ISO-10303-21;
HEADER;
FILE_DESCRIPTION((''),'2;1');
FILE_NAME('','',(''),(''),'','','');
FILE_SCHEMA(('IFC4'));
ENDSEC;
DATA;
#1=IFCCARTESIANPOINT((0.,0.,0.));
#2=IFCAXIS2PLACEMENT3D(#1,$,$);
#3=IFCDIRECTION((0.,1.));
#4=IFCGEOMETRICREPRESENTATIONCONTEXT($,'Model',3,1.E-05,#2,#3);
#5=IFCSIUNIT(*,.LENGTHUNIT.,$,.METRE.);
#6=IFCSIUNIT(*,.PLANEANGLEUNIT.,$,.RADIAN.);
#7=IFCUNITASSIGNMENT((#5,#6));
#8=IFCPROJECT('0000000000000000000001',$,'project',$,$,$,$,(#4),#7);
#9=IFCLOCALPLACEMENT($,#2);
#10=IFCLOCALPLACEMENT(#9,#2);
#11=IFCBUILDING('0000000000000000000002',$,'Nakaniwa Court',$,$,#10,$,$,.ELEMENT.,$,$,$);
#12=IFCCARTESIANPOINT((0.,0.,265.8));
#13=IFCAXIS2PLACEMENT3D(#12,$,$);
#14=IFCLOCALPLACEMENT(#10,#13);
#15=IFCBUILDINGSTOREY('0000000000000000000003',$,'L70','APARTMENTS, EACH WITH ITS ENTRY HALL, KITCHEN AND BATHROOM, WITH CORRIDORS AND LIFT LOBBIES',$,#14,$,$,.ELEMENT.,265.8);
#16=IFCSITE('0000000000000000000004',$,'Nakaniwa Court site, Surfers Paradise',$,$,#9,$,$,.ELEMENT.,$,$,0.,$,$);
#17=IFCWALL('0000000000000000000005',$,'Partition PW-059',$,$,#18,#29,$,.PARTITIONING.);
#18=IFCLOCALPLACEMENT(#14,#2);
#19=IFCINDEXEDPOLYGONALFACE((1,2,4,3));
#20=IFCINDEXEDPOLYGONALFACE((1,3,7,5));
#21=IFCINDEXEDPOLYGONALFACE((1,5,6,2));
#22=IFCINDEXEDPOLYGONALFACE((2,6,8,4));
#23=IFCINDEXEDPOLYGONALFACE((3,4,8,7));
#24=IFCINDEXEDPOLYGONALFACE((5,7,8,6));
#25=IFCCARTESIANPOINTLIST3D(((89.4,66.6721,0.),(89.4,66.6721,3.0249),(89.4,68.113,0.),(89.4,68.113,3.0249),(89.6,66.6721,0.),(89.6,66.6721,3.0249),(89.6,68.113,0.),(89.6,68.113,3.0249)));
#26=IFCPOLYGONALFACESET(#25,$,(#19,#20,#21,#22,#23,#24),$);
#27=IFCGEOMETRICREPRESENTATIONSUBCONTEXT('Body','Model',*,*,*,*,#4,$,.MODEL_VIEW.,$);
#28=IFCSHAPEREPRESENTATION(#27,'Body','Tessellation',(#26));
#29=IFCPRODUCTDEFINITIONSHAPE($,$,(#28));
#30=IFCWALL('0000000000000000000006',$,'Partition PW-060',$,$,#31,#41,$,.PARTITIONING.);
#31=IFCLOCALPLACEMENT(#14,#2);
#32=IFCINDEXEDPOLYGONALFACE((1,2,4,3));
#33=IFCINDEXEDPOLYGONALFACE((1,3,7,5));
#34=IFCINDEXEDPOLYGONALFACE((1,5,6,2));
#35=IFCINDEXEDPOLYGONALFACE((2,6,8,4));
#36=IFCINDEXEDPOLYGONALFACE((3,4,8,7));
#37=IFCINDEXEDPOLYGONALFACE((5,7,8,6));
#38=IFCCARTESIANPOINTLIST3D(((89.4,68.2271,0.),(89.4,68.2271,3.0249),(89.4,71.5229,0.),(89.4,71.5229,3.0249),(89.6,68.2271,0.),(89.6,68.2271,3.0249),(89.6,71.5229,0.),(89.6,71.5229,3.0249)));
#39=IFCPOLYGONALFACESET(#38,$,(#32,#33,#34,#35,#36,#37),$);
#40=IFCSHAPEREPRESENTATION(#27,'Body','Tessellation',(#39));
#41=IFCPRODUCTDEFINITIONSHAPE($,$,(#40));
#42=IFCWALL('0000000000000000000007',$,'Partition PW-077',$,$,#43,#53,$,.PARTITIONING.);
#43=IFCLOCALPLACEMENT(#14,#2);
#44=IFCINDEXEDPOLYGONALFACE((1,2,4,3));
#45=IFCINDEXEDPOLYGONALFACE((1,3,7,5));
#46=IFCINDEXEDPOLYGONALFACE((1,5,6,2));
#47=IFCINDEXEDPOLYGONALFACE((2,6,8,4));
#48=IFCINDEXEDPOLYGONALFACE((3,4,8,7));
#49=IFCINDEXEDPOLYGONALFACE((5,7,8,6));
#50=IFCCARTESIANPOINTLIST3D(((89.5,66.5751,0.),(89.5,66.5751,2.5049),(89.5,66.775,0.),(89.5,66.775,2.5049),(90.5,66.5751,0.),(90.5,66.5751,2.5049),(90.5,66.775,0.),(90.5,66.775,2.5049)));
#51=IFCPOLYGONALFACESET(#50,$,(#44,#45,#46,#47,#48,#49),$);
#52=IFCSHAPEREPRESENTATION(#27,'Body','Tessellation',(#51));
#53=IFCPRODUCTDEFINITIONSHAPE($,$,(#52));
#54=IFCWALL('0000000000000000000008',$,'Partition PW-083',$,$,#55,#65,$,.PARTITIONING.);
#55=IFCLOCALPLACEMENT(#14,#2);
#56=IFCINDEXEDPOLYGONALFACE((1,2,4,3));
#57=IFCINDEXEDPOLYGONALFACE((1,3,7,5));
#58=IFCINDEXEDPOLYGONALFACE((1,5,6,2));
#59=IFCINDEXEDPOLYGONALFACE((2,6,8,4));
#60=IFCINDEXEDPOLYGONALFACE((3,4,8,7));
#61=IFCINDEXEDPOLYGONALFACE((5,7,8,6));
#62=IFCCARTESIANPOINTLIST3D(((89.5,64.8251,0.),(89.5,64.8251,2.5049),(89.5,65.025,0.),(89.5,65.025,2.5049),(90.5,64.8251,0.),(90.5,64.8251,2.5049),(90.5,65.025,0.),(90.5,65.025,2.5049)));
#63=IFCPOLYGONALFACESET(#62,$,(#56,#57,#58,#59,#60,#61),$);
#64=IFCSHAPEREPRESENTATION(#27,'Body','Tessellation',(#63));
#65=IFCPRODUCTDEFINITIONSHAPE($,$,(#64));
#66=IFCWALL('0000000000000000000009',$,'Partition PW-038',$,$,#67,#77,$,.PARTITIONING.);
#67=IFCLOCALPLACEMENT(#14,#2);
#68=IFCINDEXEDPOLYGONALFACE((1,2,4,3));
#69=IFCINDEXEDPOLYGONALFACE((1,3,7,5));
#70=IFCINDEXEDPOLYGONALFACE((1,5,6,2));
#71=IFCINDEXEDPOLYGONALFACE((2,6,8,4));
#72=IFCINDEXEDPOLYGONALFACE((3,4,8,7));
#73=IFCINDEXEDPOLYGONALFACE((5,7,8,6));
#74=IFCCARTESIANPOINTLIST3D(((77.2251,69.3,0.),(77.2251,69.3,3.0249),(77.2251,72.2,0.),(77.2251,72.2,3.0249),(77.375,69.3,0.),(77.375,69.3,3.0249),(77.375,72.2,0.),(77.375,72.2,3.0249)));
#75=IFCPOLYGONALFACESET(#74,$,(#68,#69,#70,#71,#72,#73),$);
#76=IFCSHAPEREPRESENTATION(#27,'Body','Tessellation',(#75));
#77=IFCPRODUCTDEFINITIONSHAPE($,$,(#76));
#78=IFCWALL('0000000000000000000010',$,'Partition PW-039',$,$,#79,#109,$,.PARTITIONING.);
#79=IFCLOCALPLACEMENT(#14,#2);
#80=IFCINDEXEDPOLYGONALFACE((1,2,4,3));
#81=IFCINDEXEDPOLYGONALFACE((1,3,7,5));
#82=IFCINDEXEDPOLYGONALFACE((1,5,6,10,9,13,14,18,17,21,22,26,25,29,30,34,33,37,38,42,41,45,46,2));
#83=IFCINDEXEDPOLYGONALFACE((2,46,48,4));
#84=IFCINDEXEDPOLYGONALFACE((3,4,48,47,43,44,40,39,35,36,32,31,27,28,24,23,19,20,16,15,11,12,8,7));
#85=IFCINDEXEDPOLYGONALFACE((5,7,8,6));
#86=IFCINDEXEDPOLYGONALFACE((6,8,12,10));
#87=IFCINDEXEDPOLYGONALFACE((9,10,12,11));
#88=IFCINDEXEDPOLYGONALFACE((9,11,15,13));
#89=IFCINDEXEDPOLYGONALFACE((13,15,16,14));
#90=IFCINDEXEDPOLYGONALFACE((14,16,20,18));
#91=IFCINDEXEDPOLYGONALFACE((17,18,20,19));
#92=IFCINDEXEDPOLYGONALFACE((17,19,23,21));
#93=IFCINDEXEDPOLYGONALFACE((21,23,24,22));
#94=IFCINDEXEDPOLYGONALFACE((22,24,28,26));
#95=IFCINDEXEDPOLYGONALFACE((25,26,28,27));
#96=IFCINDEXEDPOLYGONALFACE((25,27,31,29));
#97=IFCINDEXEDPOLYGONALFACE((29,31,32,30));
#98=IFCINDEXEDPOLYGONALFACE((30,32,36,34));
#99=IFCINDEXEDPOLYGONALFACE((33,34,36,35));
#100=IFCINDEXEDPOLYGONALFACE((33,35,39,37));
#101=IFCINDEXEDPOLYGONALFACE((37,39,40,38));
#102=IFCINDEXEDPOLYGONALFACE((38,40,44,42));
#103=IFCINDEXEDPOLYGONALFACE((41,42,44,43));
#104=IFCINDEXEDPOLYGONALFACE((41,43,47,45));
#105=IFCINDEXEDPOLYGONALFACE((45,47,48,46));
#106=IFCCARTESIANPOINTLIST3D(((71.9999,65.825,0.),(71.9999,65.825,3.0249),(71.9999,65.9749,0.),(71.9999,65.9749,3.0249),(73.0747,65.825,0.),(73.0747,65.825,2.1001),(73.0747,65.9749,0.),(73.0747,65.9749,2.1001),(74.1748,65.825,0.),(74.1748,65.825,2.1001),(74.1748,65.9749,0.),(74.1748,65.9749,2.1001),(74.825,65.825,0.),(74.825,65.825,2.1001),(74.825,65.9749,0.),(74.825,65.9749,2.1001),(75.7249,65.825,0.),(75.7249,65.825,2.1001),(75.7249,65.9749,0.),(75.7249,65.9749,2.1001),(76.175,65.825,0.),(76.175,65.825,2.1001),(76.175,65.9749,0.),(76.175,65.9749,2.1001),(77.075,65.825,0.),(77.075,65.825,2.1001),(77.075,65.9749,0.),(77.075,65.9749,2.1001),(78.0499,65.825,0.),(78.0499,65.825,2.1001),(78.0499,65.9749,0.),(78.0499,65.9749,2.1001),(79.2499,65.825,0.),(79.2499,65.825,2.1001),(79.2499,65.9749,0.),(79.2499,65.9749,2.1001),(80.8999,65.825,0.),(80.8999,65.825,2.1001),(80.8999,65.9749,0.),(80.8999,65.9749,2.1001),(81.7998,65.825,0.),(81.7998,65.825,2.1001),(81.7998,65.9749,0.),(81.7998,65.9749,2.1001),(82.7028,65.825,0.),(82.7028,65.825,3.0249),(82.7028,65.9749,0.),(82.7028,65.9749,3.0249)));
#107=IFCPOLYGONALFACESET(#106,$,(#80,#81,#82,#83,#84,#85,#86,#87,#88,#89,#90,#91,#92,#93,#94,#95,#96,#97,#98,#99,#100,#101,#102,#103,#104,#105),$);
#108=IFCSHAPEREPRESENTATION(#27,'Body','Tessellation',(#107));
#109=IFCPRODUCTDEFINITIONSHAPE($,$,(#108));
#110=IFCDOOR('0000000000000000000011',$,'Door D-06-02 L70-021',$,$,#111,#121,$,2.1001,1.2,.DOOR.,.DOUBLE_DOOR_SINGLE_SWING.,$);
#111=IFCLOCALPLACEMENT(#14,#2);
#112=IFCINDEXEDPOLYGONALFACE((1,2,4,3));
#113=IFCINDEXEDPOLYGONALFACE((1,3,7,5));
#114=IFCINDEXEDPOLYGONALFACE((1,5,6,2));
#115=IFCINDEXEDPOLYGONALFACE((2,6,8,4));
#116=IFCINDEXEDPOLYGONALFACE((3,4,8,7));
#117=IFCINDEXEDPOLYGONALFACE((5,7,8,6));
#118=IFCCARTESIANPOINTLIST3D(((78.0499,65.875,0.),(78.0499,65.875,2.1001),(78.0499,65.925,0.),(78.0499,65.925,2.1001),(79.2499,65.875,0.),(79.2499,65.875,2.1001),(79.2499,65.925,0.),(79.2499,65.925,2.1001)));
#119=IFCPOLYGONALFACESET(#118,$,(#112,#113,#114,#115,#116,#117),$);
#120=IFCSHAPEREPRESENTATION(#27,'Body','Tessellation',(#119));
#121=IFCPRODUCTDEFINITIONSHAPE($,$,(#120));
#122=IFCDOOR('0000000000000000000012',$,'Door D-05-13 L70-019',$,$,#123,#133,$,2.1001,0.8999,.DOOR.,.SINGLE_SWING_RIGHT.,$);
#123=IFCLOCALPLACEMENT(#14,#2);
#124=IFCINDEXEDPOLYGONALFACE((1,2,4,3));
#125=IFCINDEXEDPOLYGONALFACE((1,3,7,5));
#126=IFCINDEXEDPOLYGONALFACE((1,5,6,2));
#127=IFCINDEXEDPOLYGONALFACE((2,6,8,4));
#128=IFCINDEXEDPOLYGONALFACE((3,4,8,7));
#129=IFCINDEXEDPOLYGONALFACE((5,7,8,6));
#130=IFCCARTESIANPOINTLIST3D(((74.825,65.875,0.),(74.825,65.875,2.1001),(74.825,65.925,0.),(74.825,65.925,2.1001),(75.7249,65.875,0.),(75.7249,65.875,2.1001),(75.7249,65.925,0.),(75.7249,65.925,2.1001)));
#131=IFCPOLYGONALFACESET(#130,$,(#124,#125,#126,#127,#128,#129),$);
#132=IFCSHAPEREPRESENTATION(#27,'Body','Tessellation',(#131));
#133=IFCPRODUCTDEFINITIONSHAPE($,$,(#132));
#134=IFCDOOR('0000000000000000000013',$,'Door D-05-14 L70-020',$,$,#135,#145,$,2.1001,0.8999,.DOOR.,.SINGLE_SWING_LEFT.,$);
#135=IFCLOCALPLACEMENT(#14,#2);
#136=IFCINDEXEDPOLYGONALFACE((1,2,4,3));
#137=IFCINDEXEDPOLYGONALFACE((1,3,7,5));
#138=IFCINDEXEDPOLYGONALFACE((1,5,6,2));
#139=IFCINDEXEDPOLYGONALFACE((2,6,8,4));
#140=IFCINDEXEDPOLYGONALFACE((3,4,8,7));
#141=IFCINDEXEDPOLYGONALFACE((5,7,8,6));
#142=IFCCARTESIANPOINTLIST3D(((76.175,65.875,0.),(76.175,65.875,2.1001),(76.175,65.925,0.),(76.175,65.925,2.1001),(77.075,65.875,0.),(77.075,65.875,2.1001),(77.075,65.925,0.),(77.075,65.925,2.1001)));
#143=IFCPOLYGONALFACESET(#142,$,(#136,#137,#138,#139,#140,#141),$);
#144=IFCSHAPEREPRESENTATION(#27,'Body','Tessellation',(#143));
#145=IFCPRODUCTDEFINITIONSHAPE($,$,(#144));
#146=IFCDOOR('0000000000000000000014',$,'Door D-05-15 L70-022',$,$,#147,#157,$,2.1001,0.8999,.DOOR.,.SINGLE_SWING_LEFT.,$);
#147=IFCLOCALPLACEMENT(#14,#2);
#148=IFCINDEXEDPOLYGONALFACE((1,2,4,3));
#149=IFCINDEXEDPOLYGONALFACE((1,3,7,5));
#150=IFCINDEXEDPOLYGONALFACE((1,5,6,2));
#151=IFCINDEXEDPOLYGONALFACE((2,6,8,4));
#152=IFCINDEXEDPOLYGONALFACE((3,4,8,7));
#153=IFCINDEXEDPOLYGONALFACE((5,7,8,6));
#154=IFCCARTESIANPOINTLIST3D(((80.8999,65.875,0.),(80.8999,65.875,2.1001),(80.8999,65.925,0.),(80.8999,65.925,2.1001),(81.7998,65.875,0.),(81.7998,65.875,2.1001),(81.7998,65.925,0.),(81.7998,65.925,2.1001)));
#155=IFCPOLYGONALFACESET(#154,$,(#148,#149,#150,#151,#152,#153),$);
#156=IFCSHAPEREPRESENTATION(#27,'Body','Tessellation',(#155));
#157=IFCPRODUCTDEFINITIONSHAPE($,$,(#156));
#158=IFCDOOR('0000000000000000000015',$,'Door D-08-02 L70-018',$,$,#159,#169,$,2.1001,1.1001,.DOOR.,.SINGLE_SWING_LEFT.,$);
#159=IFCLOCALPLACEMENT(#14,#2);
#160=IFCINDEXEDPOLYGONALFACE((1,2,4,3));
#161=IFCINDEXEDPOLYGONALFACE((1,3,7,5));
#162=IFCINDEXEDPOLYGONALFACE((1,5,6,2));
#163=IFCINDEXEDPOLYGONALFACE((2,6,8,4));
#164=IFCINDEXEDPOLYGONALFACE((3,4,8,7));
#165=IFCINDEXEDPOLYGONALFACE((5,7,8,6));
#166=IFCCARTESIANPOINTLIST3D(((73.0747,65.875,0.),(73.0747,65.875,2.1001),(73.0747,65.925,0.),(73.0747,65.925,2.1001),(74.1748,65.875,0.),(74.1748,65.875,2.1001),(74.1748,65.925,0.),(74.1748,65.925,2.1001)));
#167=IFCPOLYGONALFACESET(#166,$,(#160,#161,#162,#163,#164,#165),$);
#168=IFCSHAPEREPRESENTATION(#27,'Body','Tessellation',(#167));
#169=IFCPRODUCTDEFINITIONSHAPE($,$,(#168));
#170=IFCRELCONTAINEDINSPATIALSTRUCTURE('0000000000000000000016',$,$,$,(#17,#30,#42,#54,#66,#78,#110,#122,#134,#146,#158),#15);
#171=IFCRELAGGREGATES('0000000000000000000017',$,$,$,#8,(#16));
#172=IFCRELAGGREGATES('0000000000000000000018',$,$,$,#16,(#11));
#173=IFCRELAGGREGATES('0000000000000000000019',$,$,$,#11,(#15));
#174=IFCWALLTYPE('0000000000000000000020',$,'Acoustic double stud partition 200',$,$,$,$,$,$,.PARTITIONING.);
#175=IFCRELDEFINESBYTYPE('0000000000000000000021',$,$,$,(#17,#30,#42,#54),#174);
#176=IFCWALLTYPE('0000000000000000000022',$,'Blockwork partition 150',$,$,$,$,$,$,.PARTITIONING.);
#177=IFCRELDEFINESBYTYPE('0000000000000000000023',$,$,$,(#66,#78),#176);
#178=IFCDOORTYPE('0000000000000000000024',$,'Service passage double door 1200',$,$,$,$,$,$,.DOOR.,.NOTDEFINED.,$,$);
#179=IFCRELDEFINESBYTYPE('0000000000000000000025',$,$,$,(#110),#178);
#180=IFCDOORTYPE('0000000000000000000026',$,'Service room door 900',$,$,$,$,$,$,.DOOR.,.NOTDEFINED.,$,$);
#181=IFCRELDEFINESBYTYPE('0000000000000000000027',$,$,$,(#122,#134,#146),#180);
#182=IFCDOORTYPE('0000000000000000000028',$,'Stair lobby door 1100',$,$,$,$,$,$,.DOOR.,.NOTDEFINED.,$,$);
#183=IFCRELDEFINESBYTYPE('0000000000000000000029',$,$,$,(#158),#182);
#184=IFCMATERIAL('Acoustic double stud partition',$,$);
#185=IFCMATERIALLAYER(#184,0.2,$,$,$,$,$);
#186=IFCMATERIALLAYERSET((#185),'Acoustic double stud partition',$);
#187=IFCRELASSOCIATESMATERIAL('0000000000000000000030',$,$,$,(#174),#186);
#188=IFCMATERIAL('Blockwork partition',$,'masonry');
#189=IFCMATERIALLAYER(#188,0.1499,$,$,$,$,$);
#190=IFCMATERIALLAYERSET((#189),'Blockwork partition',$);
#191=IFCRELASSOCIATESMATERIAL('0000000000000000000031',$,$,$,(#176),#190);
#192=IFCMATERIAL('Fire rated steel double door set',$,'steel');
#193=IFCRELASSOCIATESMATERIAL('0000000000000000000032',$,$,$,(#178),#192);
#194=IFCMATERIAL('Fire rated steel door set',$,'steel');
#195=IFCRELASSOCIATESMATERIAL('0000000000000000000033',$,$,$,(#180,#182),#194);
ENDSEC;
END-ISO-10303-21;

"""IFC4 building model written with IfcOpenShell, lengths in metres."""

from ifc_helpers import new_model, si_unit, direction, frame, frame_2d, origin, place, context, subcontext, project, spatial, rectangle, extrude, material, layer, layer_set, type_object, element, fill, save


model = new_model("IFC4")

# Units and contexts
model_context = context("Model", 3, precision=1e-05, world=origin(), true_north=direction((0.0, 1.0)))
body_context = subcontext(model_context, "Body", "Model", "MODEL_VIEW")
ifc_project = project(units=[si_unit("LENGTHUNIT", "METRE"), si_unit("PLANEANGLEUNIT", "RADIAN")], contexts=[model_context])

# Site, building, storey
site_placement = place(None, origin())
site = spatial("IfcSite", under=ifc_project, at=site_placement, Name="Nakaniwa Court site, Surfers Paradise", CompositionType="ELEMENT", RefElevation=0.0)
building_placement = place(site_placement, origin())
building = spatial("IfcBuilding", under=site, at=building_placement, Name="Nakaniwa Court", CompositionType="ELEMENT")
storey_placement = place(building_placement, frame((0.0, 0.0, 265.8)))
storey = spatial("IfcBuildingStorey", under=building, at=storey_placement, Name="L70", Description="APARTMENTS, EACH WITH ITS ENTRY HALL, KITCHEN AND BATHROOM, WITH CORRIDORS AND LIFT LOBBIES", CompositionType="ELEMENT", Elevation=265.8)

# Walls
ifc_material_1 = material(Name="Acoustic double stud partition")
ifc_layer_1 = layer(ifc_material_1, 0.2)
ifc_layer_set_1 = layer_set([ifc_layer_1], Name="Acoustic double stud partition")
wall_type_1 = type_object("IfcWallType", Name="Acoustic double stud partition 200", PredefinedType="PARTITIONING", material=ifc_layer_set_1)
wall_1_placement = place(storey_placement, frame((89.5, 66.6721, 0.0), z_axis=(0.0, 0.0, 1.0), x_axis=(0.0, 1.0, 0.0)))
element("IfcWall", 1, at=wall_1_placement, inside=storey, type_object=wall_type_1, Name="Partition PW-059", PredefinedType="PARTITIONING", context=body_context, shape_type="SweptSolid", body=[
    extrude(rectangle(XDim=1.4409, YDim=0.2, at=frame_2d((0.7205, 0.0))), origin(), (0.0, 0.0, 1.0), 3.0249),
])
wall_2_placement = place(storey_placement, frame((89.5, 68.2271, 0.0), z_axis=(0.0, 0.0, 1.0), x_axis=(0.0, 1.0, 0.0)))
element("IfcWall", 2, at=wall_2_placement, inside=storey, type_object=wall_type_1, Name="Partition PW-060", PredefinedType="PARTITIONING", context=body_context, shape_type="SweptSolid", body=[
    extrude(rectangle(XDim=3.2959, YDim=0.2, at=frame_2d((1.6479, 0.0))), origin(), (0.0, 0.0, 1.0), 3.0249),
])
for number, where, z_axis, x_axis, name in (
    (3, (89.5, 66.675, 0.0), (0.0, 0.0, 1.0), (1.0, 0.0, 0.0), "Partition PW-077"),
    (4, (89.5, 64.925, 0.0), (0.0, 0.0, 1.0), (1.0, 0.0, 0.0), "Partition PW-083"),
):
    element("IfcWall", number, at=place(storey_placement, frame(where, z_axis=z_axis, x_axis=x_axis)), inside=storey, type_object=wall_type_1, Name=name, PredefinedType="PARTITIONING", context=body_context, shape_type="SweptSolid", body=[
        extrude(rectangle(XDim=1.0, YDim=0.2, at=frame_2d((0.5, 0.0))), origin(), (0.0, 0.0, 1.0), 2.5049),
    ])
ifc_material_2 = material(Name="Blockwork partition", Category="masonry")
ifc_layer_2 = layer(ifc_material_2, 0.1499)
ifc_layer_set_2 = layer_set([ifc_layer_2], Name="Blockwork partition")
wall_type_2 = type_object("IfcWallType", Name="Blockwork partition 150", PredefinedType="PARTITIONING", material=ifc_layer_set_2)
wall_3_placement = place(storey_placement, frame((77.3, 69.3, 0.0), z_axis=(0.0, 0.0, 1.0), x_axis=(0.0, 1.0, 0.0)))
element("IfcWall", 5, at=wall_3_placement, inside=storey, type_object=wall_type_2, Name="Partition PW-038", PredefinedType="PARTITIONING", context=body_context, shape_type="SweptSolid", body=[
    extrude(rectangle(XDim=2.8999, YDim=0.1499, at=frame_2d((1.45, 0.0))), origin(), (0.0, 0.0, 1.0), 3.0249),
])

# Wall, openings, doors
wall_4_placement = place(storey_placement, frame((82.7029, 65.8999, 0.0), z_axis=(0.0, 0.0, 1.0), x_axis=(-1.0, 0.0, 0.0)))
wall_4 = element("IfcWall", 6, at=wall_4_placement, inside=storey, type_object=wall_type_2, Name="Partition PW-039", PredefinedType="PARTITIONING", context=body_context, shape_type="SweptSolid", body=[
    extrude(rectangle(XDim=10.7029, YDim=0.1499, at=frame_2d((5.3516, 0.0))), origin(), (0.0, 0.0, 1.0), 3.0249),
])
opening_1_placement = place(wall_4_placement, frame((8.5281, 0.0, 0.0)))
opening_1 = element("IfcOpeningElement", 7, at=opening_1_placement, cuts=wall_4, PredefinedType="OPENING", context=body_context, shape_type="SweptSolid", body=[
    extrude(rectangle(XDim=1.1001, YDim=2.1001, at=frame_2d((0.55, 1.05))), frame((0.0, 0.085, 0.0), z_axis=(0.0, -1.0, 0.0), x_axis=(1.0, 0.0, 0.0)), (0.0, 0.0, 1.0), 0.1699),
])
opening_2_placement = place(wall_4_placement, frame((6.978, 0.0, 0.0)))
opening_2 = element("IfcOpeningElement", 8, at=opening_2_placement, cuts=wall_4, PredefinedType="OPENING", context=body_context, shape_type="SweptSolid", body=[
    extrude(rectangle(XDim=0.8999, YDim=2.1001, at=frame_2d((0.45, 1.05))), frame((0.0, 0.085, 0.0), z_axis=(0.0, -1.0, 0.0), x_axis=(1.0, 0.0, 0.0)), (0.0, 0.0, 1.0), 0.1699),
])
opening_3_placement = place(wall_4_placement, frame((5.6279, 0.0, 0.0)))
opening_3 = element("IfcOpeningElement", 9, at=opening_3_placement, cuts=wall_4, PredefinedType="OPENING", context=body_context, shape_type="SweptSolid", body=[
    extrude(rectangle(XDim=0.8999, YDim=2.1001, at=frame_2d((0.45, 1.05))), frame((0.0, 0.085, 0.0), z_axis=(0.0, -1.0, 0.0), x_axis=(1.0, 0.0, 0.0)), (0.0, 0.0, 1.0), 0.1699),
])
opening_4_placement = place(wall_4_placement, frame((3.4529, 0.0, 0.0)))
opening_4 = element("IfcOpeningElement", 10, at=opening_4_placement, cuts=wall_4, PredefinedType="OPENING", context=body_context, shape_type="SweptSolid", body=[
    extrude(rectangle(XDim=1.2, YDim=2.1001, at=frame_2d((0.6001, 1.05))), frame((0.0, 0.085, 0.0), z_axis=(0.0, -1.0, 0.0), x_axis=(1.0, 0.0, 0.0)), (0.0, 0.0, 1.0), 0.1699),
])
opening_5_placement = place(wall_4_placement, frame((0.9031, 0.0, 0.0)))
opening_5 = element("IfcOpeningElement", 11, at=opening_5_placement, cuts=wall_4, PredefinedType="OPENING", context=body_context, shape_type="SweptSolid", body=[
    extrude(rectangle(XDim=0.8999, YDim=2.1001, at=frame_2d((0.45, 1.05))), frame((0.0, 0.085, 0.0), z_axis=(0.0, -1.0, 0.0), x_axis=(1.0, 0.0, 0.0)), (0.0, 0.0, 1.0), 0.1699),
])
ifc_material_3 = material(Name="Fire rated steel double door set", Category="steel")
door_type_1 = type_object("IfcDoorType", Name="Service passage double door 1200", OperationType="NOTDEFINED", PredefinedType="DOOR", material=ifc_material_3)
door_1_placement = place(opening_4_placement, origin())
door_1 = element("IfcDoor", 12, at=door_1_placement, inside=storey, type_object=door_type_1, Name="Door D-06-02 L70-021", OperationType="DOUBLE_DOOR_SINGLE_SWING", OverallHeight=2.1001, OverallWidth=1.2, PredefinedType="DOOR", context=body_context, shape_type="SweptSolid", body=[
    extrude(rectangle(XDim=1.2, YDim=2.1001, at=frame_2d((0.6001, 1.05))), frame((0.0, 0.0249, 0.0), z_axis=(0.0, -1.0, 0.0), x_axis=(1.0, 0.0, 0.0)), (0.0, 0.0, 1.0), 0.05),
])
fill(opening_4, door_1)
ifc_material_4 = material(Name="Fire rated steel door set", Category="steel")
door_type_2 = type_object("IfcDoorType", Name="Service room door 900", OperationType="NOTDEFINED", PredefinedType="DOOR", material=ifc_material_4)
door_2_placement = place(opening_2_placement, origin())
door_2 = element("IfcDoor", 13, at=door_2_placement, inside=storey, type_object=door_type_2, Name="Door D-05-13 L70-019", OperationType="SINGLE_SWING_RIGHT", OverallHeight=2.1001, OverallWidth=0.8999, PredefinedType="DOOR", context=body_context, shape_type="SweptSolid", body=[
    extrude(rectangle(XDim=0.8999, YDim=2.1001, at=frame_2d((0.45, 1.05))), frame((0.0, 0.0249, 0.0), z_axis=(0.0, -1.0, 0.0), x_axis=(1.0, 0.0, 0.0)), (0.0, 0.0, 1.0), 0.05),
])
fill(opening_2, door_2)
door_3_placement = place(opening_3_placement, origin())
door_3 = element("IfcDoor", 14, at=door_3_placement, inside=storey, type_object=door_type_2, Name="Door D-05-14 L70-020", OperationType="SINGLE_SWING_LEFT", OverallHeight=2.1001, OverallWidth=0.8999, PredefinedType="DOOR", context=body_context, shape_type="SweptSolid", body=[
    extrude(rectangle(XDim=0.8999, YDim=2.1001, at=frame_2d((0.45, 1.05))), frame((0.0, 0.0249, 0.0), z_axis=(0.0, -1.0, 0.0), x_axis=(1.0, 0.0, 0.0)), (0.0, 0.0, 1.0), 0.05),
])
fill(opening_3, door_3)
door_4_placement = place(opening_5_placement, origin())
door_4 = element("IfcDoor", 15, at=door_4_placement, inside=storey, type_object=door_type_2, Name="Door D-05-15 L70-022", OperationType="SINGLE_SWING_LEFT", OverallHeight=2.1001, OverallWidth=0.8999, PredefinedType="DOOR", context=body_context, shape_type="SweptSolid", body=[
    extrude(rectangle(XDim=0.8999, YDim=2.1001, at=frame_2d((0.45, 1.05))), frame((0.0, 0.0249, 0.0), z_axis=(0.0, -1.0, 0.0), x_axis=(1.0, 0.0, 0.0)), (0.0, 0.0, 1.0), 0.05),
])
fill(opening_5, door_4)
door_type_3 = type_object("IfcDoorType", Name="Stair lobby door 1100", OperationType="NOTDEFINED", PredefinedType="DOOR", material=ifc_material_4)
door_5_placement = place(opening_1_placement, origin())
door_5 = element("IfcDoor", 16, at=door_5_placement, inside=storey, type_object=door_type_3, Name="Door D-08-02 L70-018", OperationType="SINGLE_SWING_LEFT", OverallHeight=2.1001, OverallWidth=1.1001, PredefinedType="DOOR", context=body_context, shape_type="SweptSolid", body=[
    extrude(rectangle(XDim=1.1001, YDim=2.1001, at=frame_2d((0.55, 1.05))), frame((0.0, 0.0249, 0.0), z_axis=(0.0, -1.0, 0.0), x_axis=(1.0, 0.0, 0.0)), (0.0, 0.0, 1.0), 0.05),
])
fill(opening_1, door_5)

save(model, "model.ifc")
